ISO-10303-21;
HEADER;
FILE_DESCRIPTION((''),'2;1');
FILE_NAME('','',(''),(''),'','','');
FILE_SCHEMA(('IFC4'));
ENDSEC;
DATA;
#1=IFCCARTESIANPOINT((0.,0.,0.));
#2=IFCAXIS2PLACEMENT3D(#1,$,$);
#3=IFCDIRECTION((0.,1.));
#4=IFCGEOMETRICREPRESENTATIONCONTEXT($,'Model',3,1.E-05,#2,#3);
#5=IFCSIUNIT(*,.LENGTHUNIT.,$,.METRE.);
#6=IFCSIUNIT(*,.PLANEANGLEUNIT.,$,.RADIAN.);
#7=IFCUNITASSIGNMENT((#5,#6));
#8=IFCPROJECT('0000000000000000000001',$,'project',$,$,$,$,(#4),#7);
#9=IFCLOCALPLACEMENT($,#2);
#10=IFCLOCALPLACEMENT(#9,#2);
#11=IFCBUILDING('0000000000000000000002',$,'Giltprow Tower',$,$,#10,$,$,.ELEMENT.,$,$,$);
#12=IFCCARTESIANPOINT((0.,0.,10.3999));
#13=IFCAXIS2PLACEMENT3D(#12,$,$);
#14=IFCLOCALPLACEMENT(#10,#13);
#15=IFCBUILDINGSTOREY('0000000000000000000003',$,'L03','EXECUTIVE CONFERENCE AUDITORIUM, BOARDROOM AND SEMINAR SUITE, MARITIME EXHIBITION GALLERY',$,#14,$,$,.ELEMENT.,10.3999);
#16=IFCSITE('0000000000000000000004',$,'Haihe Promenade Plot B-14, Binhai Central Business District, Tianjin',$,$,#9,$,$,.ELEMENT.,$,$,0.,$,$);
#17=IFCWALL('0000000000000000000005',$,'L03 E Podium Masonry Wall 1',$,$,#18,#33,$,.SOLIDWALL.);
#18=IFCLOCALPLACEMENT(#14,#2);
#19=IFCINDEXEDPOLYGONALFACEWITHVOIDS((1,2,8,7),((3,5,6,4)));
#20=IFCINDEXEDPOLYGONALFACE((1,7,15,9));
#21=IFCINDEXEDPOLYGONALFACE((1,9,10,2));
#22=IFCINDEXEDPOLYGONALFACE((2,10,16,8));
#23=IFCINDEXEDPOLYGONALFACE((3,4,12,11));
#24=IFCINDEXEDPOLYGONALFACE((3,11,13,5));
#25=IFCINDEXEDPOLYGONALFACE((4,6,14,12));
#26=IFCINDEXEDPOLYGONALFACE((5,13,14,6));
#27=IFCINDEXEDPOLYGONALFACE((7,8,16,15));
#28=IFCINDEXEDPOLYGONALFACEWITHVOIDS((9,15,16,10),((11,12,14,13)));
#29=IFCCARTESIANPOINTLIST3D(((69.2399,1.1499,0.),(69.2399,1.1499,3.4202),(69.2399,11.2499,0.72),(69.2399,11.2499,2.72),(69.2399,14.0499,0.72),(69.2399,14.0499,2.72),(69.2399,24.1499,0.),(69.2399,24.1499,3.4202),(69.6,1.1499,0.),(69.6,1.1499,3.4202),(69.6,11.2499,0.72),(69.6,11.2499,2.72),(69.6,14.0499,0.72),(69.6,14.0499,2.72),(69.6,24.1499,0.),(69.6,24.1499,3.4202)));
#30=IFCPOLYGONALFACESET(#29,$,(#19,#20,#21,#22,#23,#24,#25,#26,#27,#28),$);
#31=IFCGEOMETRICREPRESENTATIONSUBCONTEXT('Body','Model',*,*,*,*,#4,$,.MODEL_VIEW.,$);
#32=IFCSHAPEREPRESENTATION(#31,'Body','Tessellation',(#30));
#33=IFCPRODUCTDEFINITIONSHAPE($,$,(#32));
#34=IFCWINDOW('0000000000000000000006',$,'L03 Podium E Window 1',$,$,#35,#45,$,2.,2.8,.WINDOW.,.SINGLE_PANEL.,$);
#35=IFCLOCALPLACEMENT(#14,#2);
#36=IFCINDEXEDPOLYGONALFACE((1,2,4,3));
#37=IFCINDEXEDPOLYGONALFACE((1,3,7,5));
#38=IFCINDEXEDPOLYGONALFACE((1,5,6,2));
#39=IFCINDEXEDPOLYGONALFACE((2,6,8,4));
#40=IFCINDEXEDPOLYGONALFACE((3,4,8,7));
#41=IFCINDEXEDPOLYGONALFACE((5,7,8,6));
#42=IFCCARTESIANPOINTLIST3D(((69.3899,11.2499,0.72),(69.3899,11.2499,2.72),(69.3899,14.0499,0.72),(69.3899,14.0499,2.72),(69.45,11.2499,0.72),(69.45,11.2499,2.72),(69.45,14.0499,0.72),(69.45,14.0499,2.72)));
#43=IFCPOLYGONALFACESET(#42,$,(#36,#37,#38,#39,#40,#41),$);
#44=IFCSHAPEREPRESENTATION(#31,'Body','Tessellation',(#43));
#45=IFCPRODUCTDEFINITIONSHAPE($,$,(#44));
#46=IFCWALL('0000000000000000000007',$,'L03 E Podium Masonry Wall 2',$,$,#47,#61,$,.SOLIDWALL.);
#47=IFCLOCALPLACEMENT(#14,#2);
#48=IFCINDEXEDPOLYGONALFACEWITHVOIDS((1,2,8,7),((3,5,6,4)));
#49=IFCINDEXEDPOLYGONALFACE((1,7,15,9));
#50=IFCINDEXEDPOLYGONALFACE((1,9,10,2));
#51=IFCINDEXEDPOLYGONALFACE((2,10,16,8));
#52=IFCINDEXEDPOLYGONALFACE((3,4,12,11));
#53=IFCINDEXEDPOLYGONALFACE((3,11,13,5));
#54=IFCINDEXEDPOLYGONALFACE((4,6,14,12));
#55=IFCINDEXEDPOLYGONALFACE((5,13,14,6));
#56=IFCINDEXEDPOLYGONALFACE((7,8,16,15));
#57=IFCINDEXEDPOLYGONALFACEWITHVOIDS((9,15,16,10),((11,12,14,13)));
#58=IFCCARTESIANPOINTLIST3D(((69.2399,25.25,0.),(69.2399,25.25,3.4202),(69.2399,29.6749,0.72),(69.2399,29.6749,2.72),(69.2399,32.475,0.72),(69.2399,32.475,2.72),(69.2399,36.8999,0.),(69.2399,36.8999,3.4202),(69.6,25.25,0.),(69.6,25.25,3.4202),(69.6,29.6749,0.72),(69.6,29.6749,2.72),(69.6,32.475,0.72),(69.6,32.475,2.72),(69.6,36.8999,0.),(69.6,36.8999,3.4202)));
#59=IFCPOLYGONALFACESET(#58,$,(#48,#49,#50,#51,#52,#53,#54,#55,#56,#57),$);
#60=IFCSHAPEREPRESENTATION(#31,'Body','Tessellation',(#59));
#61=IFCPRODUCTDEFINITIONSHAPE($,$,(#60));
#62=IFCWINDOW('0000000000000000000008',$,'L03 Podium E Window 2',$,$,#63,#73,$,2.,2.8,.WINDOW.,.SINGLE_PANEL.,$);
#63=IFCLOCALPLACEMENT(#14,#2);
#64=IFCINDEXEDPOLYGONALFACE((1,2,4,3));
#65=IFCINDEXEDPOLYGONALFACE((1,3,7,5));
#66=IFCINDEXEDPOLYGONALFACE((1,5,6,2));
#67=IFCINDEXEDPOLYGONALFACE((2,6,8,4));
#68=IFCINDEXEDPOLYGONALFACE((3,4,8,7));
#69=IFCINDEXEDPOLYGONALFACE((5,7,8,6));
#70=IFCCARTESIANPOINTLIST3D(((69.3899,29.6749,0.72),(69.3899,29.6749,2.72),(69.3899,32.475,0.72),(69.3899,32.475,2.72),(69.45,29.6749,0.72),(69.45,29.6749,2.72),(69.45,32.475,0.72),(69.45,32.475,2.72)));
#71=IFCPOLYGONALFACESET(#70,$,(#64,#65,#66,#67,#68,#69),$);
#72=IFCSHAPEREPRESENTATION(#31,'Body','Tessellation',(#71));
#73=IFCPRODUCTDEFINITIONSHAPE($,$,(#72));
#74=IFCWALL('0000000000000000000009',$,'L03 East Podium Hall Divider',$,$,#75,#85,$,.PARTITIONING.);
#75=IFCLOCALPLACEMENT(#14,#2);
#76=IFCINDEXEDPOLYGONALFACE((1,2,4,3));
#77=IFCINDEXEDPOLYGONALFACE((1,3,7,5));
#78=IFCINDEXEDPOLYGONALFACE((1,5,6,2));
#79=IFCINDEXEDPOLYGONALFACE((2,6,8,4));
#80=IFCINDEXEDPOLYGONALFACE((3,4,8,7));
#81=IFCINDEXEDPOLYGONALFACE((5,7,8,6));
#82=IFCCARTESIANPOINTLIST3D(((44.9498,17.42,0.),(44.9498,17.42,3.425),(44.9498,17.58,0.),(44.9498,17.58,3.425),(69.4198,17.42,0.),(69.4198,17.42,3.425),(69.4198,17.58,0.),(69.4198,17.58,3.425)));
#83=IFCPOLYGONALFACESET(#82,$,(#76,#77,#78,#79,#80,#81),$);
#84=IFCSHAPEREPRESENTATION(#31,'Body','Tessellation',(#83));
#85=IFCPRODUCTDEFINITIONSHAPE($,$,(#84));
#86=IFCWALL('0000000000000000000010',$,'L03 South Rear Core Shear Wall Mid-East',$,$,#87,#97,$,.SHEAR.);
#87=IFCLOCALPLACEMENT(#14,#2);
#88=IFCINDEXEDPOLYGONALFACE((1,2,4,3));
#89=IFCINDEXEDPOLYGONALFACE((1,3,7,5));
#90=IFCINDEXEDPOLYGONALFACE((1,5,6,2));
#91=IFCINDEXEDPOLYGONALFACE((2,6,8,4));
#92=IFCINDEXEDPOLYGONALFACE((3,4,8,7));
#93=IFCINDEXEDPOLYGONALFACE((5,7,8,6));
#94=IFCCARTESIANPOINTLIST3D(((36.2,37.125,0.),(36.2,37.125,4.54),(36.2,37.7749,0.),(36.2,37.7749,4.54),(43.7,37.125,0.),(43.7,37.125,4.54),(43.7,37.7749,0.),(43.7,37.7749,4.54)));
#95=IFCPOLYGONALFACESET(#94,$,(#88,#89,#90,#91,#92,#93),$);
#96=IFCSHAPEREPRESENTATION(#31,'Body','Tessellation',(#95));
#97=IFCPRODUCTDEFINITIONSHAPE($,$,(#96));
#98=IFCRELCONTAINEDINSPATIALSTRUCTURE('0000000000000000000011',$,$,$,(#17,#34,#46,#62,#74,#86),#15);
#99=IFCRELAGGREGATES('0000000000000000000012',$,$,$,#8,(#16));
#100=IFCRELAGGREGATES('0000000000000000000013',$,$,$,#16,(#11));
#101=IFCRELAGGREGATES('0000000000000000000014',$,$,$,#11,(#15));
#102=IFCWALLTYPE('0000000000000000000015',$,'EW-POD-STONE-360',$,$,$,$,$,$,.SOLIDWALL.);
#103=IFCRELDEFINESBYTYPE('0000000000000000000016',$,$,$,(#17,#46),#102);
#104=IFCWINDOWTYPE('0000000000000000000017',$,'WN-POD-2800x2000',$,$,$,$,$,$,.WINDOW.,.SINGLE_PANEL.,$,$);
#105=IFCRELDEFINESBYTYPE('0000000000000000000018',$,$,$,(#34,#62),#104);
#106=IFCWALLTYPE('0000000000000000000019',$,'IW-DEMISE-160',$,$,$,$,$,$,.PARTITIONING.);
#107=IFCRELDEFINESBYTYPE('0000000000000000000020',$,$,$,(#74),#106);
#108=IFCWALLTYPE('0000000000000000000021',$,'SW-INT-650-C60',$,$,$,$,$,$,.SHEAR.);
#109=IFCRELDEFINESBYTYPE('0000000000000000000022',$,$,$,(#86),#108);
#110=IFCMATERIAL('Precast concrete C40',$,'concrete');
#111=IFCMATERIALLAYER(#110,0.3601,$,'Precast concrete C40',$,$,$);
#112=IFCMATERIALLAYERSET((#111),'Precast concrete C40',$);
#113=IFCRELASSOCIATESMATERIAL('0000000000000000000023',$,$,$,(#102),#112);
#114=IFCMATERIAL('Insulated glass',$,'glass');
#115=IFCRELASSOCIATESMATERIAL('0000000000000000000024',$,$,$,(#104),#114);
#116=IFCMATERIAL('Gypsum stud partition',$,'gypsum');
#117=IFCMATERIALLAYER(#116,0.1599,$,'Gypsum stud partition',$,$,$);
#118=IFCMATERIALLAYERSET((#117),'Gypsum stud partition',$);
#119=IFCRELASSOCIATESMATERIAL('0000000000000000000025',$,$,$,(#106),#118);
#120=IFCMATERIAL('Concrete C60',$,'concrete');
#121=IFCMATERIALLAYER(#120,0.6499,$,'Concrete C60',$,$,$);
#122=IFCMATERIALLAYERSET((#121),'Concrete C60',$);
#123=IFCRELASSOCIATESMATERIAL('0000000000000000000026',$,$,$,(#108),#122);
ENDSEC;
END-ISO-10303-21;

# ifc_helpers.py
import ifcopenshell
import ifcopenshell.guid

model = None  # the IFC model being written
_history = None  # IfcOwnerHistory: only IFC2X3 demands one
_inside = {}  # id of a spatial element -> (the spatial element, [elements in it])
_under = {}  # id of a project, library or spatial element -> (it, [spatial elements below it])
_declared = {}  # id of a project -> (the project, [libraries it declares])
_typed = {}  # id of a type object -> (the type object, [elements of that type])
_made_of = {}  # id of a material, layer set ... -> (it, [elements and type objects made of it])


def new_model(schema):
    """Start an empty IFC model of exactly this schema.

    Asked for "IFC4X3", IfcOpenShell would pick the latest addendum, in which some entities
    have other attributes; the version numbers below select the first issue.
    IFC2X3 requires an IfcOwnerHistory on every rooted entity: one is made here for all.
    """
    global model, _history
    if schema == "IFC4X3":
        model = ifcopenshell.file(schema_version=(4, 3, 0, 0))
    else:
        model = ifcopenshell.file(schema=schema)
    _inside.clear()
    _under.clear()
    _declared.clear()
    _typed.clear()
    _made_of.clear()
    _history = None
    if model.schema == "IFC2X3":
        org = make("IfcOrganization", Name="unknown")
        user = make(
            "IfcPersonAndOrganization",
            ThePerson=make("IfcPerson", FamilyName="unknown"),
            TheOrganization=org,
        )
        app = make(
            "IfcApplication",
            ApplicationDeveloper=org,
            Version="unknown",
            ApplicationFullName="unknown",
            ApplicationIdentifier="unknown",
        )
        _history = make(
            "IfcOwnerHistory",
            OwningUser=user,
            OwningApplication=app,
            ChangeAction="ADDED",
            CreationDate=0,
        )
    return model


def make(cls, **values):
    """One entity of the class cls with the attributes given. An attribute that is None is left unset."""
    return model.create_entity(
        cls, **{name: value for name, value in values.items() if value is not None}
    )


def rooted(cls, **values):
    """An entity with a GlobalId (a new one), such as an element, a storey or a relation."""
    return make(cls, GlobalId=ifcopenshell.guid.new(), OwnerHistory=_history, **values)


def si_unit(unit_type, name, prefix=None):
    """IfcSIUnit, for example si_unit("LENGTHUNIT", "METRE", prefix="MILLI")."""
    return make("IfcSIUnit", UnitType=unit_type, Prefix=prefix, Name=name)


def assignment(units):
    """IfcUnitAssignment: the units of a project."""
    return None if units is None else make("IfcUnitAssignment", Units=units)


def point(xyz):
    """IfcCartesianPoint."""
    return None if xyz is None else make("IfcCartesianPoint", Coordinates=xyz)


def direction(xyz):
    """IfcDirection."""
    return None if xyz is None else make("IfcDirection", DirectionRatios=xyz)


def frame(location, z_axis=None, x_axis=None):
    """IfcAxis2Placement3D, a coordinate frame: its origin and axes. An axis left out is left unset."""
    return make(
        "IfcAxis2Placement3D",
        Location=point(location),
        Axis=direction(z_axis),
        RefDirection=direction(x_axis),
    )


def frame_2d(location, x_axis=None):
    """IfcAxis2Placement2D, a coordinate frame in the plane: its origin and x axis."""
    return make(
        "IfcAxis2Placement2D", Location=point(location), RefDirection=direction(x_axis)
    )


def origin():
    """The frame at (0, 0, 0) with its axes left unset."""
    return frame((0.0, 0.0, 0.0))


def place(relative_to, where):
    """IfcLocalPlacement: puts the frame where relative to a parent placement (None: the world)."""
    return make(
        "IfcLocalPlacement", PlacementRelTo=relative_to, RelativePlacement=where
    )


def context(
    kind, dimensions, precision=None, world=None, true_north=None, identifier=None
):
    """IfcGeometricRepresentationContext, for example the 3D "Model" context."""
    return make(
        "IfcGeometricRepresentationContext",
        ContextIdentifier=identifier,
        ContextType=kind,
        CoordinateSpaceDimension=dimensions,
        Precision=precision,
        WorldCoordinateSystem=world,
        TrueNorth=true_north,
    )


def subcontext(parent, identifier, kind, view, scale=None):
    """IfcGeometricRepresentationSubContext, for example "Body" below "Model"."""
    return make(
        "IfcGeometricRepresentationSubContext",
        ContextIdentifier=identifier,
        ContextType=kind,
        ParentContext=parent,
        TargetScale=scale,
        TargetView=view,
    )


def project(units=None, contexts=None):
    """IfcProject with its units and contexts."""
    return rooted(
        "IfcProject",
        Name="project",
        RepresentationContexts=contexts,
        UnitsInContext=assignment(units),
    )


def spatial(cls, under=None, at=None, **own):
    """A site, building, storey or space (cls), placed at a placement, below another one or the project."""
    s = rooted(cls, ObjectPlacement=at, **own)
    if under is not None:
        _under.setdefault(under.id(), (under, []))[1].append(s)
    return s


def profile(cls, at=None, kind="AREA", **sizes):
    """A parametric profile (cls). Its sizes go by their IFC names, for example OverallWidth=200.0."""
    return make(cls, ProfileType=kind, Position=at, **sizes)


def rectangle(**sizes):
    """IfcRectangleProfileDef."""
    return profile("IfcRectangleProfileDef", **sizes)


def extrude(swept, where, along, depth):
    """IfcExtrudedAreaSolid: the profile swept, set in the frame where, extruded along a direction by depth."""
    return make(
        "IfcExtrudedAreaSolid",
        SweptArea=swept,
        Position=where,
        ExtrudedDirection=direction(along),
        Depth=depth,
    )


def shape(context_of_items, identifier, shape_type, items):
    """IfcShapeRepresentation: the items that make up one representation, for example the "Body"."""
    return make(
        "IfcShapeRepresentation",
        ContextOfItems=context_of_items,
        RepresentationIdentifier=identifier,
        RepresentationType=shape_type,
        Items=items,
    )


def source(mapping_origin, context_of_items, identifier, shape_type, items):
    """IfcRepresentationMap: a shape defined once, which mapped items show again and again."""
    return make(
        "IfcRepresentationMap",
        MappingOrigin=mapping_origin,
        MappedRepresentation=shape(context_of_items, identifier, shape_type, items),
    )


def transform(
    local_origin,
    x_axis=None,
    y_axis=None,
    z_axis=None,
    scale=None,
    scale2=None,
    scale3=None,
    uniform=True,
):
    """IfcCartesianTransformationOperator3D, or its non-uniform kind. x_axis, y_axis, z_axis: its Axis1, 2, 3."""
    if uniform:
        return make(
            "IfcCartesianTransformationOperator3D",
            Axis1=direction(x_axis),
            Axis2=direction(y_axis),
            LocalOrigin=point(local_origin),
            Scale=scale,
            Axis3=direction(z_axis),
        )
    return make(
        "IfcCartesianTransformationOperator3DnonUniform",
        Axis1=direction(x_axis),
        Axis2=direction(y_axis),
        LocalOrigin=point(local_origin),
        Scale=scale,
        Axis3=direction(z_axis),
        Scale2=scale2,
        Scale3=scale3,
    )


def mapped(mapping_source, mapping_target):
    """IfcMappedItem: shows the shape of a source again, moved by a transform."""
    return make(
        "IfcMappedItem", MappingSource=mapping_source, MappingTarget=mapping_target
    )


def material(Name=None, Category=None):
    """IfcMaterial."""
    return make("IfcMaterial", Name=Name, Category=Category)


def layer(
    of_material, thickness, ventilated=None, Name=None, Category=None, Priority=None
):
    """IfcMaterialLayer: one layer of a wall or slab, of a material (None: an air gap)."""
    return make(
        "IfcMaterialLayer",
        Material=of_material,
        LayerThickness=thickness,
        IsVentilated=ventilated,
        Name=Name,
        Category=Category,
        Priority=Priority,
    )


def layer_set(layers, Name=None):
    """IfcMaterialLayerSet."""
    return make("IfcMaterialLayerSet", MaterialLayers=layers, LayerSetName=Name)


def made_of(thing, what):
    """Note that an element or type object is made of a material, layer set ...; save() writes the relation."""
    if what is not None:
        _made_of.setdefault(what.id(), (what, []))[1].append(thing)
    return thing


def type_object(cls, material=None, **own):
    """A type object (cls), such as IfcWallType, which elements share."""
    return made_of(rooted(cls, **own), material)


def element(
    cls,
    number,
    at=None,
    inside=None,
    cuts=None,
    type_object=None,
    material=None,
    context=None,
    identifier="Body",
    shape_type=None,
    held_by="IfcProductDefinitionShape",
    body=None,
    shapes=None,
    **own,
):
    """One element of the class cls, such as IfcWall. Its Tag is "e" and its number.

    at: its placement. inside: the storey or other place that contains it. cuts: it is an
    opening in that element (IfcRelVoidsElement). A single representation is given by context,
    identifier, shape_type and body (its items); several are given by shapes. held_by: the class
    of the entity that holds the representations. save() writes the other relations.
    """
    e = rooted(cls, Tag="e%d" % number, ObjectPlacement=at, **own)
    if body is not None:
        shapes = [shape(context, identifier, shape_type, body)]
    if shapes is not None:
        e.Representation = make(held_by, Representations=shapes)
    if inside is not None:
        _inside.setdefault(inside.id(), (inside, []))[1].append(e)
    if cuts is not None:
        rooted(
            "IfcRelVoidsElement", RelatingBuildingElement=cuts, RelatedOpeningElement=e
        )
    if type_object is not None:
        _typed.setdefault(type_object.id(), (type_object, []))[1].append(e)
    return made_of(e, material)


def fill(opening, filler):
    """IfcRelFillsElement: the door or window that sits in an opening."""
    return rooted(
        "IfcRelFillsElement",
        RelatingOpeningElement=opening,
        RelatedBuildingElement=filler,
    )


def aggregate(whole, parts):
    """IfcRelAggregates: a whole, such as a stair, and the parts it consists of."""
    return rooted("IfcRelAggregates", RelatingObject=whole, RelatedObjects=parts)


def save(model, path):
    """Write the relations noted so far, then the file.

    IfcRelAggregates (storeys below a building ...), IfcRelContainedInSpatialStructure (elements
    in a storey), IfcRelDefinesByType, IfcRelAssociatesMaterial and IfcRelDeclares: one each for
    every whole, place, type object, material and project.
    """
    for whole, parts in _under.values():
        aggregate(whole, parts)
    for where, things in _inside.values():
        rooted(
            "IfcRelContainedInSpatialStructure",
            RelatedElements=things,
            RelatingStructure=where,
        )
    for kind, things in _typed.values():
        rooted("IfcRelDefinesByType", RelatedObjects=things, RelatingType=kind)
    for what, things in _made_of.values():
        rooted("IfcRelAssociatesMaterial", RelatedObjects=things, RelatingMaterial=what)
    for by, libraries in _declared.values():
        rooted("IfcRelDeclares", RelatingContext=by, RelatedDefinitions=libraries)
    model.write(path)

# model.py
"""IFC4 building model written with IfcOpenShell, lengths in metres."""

from ifc_helpers import new_model, si_unit, direction, frame, frame_2d, origin, place, context, subcontext, project, spatial, rectangle, extrude, source, transform, mapped, material, layer, layer_set, type_object, element, fill, save


model = new_model("IFC4")

# Units and contexts
model_context = context("Model", 3, precision=1e-05, world=origin(), true_north=direction((0.0, 1.0)))
body_context = subcontext(model_context, "Body", "Model", "MODEL_VIEW")
ifc_project = project(units=[si_unit("LENGTHUNIT", "METRE"), si_unit("PLANEANGLEUNIT", "RADIAN")], contexts=[model_context])

# Site, building, storey
site_placement = place(None, origin())
site = spatial("IfcSite", under=ifc_project, at=site_placement, Name="Haihe Promenade Plot B-14, Binhai Central Business District, Tianjin", CompositionType="ELEMENT", RefElevation=0.0)
building_placement = place(site_placement, origin())
building = spatial("IfcBuilding", under=site, at=building_placement, Name="Giltprow Tower", CompositionType="ELEMENT")
storey_placement = place(building_placement, frame((0.0, 0.0, 10.3999)))
storey = spatial("IfcBuildingStorey", under=building, at=storey_placement, Name="L03", Description="EXECUTIVE CONFERENCE AUDITORIUM, BOARDROOM AND SEMINAR SUITE, MARITIME EXHIBITION GALLERY", CompositionType="ELEMENT", Elevation=10.3999)

# Shared definitions
ifc_material_1 = material(Name="Concrete C60", Category="concrete")

# Walls, openings, windows
ifc_material_2 = material(Name="Precast concrete C40", Category="concrete")
ifc_layer_1 = layer(ifc_material_2, 0.3601, Name="Precast concrete C40")
ifc_layer_set_1 = layer_set([ifc_layer_1], Name="Precast concrete C40")
wall_type_1 = type_object("IfcWallType", Name="EW-POD-STONE-360", PredefinedType="SOLIDWALL", material=ifc_layer_set_1)
wall_1_placement = place(storey_placement, frame((69.4199, 1.1499, 0.0), z_axis=(0.0, 0.0, 1.0), x_axis=(0.0, 1.0, 0.0)))
wall_1 = element("IfcWall", 1, at=wall_1_placement, inside=storey, type_object=wall_type_1, Name="L03 E Podium Masonry Wall 1", PredefinedType="SOLIDWALL", context=body_context, shape_type="SweptSolid", body=[
    extrude(rectangle(XDim=23.0, YDim=0.3601, at=frame_2d((11.5, 0.0))), origin(), (0.0, 0.0, 1.0), 3.4202),
])
opening_1_placement = place(wall_1_placement, frame((10.1001, 0.0, 0.72)))
opening_1 = element("IfcOpeningElement", 2, at=opening_1_placement, cuts=wall_1, PredefinedType="OPENING", context=body_context, shape_type="SweptSolid", body=[
    extrude(rectangle(XDim=2.8, YDim=2.0, at=frame_2d((1.3999, 1.0))), frame((0.0, 0.1899, 0.0), z_axis=(0.0, -1.0, 0.0), x_axis=(1.0, 0.0, 0.0)), (0.0, 0.0, 1.0), 0.3801),
])
ifc_material_3 = material(Name="Insulated glass", Category="glass")
window_type = type_object("IfcWindowType", Name="WN-POD-2800x2000", PartitioningType="SINGLE_PANEL", PredefinedType="WINDOW", material=ifc_material_3)
shared_shape_1 = source(origin(), body_context, "Body", "SweptSolid", [
    extrude(rectangle(XDim=2.8, YDim=2.0, at=frame_2d((1.3999, 1.0))), frame((0.0, 0.03, 0.0), z_axis=(0.0, -1.0, 0.0), x_axis=(1.0, 0.0, 0.0)), (0.0, 0.0, 1.0), 0.0601),
])
window_1_placement = place(opening_1_placement, origin())
window_1 = element("IfcWindow", 3, at=window_1_placement, inside=storey, type_object=window_type, Name="L03 Podium E Window 1", OverallHeight=2.0, OverallWidth=2.8, PartitioningType="SINGLE_PANEL", PredefinedType="WINDOW", context=body_context, shape_type="MappedRepresentation", body=[
    mapped(shared_shape_1, transform((0.0, 0.0, 0.0), x_axis=(1.0, 0.0, 0.0), y_axis=(0.0, 1.0, 0.0), z_axis=(0.0, 0.0, 1.0), scale=1.0)),
])
fill(opening_1, window_1)
wall_2_placement = place(storey_placement, frame((69.4199, 25.25, 0.0), z_axis=(0.0, 0.0, 1.0), x_axis=(0.0, 1.0, 0.0)))
wall_2 = element("IfcWall", 4, at=wall_2_placement, inside=storey, type_object=wall_type_1, Name="L03 E Podium Masonry Wall 2", PredefinedType="SOLIDWALL", context=body_context, shape_type="SweptSolid", body=[
    extrude(rectangle(XDim=11.6499, YDim=0.3601, at=frame_2d((5.825, 0.0))), origin(), (0.0, 0.0, 1.0), 3.4202),
])
opening_2_placement = place(wall_2_placement, frame((4.425, 0.0, 0.72)))
opening_2 = element("IfcOpeningElement", 5, at=opening_2_placement, cuts=wall_2, PredefinedType="OPENING", context=body_context, shape_type="SweptSolid", body=[
    extrude(rectangle(XDim=2.8, YDim=2.0, at=frame_2d((1.3999, 1.0))), frame((0.0, 0.1899, 0.0), z_axis=(0.0, -1.0, 0.0), x_axis=(1.0, 0.0, 0.0)), (0.0, 0.0, 1.0), 0.3801),
])
window_2_placement = place(opening_2_placement, origin())
window_2 = element("IfcWindow", 6, at=window_2_placement, inside=storey, type_object=window_type, Name="L03 Podium E Window 2", OverallHeight=2.0, OverallWidth=2.8, PartitioningType="SINGLE_PANEL", PredefinedType="WINDOW", context=body_context, shape_type="MappedRepresentation", body=[
    mapped(shared_shape_1, transform((0.0, 0.0, 0.0), x_axis=(1.0, 0.0, 0.0), y_axis=(0.0, 1.0, 0.0), z_axis=(0.0, 0.0, 1.0), scale=1.0)),
])
fill(opening_2, window_2)

# Walls
ifc_material_4 = material(Name="Gypsum stud partition", Category="gypsum")
ifc_layer_2 = layer(ifc_material_4, 0.1599, Name="Gypsum stud partition")
ifc_layer_set_2 = layer_set([ifc_layer_2], Name="Gypsum stud partition")
wall_type_2 = type_object("IfcWallType", Name="IW-DEMISE-160", PredefinedType="PARTITIONING", material=ifc_layer_set_2)
wall_3_placement = place(storey_placement, frame((44.95, 17.5, 0.0), z_axis=(0.0, 0.0, 1.0), x_axis=(1.0, 0.0, 0.0)))
element("IfcWall", 7, at=wall_3_placement, inside=storey, type_object=wall_type_2, Name="L03 East Podium Hall Divider", PredefinedType="PARTITIONING", context=body_context, shape_type="SweptSolid", body=[
    extrude(rectangle(XDim=24.47, YDim=0.1599, at=frame_2d((12.2349, 0.0))), origin(), (0.0, 0.0, 1.0), 3.425),
])
ifc_layer_3 = layer(ifc_material_1, 0.6499, Name="Concrete C60")
ifc_layer_set_3 = layer_set([ifc_layer_3], Name="Concrete C60")
wall_type_3 = type_object("IfcWallType", Name="SW-INT-650-C60", PredefinedType="SHEAR", material=ifc_layer_set_3)
wall_4_placement = place(storey_placement, frame((36.2, 37.45, 0.0), z_axis=(0.0, 0.0, 1.0), x_axis=(1.0, 0.0, 0.0)))
element("IfcWall", 8, at=wall_4_placement, inside=storey, type_object=wall_type_3, Name="L03 South Rear Core Shear Wall Mid-East", PredefinedType="SHEAR", context=body_context, shape_type="SweptSolid", body=[
    extrude(rectangle(XDim=7.5, YDim=0.6499, at=frame_2d((3.75, 0.0))), origin(), (0.0, 0.0, 1.0), 4.54),
])

save(model, "model.ifc")
